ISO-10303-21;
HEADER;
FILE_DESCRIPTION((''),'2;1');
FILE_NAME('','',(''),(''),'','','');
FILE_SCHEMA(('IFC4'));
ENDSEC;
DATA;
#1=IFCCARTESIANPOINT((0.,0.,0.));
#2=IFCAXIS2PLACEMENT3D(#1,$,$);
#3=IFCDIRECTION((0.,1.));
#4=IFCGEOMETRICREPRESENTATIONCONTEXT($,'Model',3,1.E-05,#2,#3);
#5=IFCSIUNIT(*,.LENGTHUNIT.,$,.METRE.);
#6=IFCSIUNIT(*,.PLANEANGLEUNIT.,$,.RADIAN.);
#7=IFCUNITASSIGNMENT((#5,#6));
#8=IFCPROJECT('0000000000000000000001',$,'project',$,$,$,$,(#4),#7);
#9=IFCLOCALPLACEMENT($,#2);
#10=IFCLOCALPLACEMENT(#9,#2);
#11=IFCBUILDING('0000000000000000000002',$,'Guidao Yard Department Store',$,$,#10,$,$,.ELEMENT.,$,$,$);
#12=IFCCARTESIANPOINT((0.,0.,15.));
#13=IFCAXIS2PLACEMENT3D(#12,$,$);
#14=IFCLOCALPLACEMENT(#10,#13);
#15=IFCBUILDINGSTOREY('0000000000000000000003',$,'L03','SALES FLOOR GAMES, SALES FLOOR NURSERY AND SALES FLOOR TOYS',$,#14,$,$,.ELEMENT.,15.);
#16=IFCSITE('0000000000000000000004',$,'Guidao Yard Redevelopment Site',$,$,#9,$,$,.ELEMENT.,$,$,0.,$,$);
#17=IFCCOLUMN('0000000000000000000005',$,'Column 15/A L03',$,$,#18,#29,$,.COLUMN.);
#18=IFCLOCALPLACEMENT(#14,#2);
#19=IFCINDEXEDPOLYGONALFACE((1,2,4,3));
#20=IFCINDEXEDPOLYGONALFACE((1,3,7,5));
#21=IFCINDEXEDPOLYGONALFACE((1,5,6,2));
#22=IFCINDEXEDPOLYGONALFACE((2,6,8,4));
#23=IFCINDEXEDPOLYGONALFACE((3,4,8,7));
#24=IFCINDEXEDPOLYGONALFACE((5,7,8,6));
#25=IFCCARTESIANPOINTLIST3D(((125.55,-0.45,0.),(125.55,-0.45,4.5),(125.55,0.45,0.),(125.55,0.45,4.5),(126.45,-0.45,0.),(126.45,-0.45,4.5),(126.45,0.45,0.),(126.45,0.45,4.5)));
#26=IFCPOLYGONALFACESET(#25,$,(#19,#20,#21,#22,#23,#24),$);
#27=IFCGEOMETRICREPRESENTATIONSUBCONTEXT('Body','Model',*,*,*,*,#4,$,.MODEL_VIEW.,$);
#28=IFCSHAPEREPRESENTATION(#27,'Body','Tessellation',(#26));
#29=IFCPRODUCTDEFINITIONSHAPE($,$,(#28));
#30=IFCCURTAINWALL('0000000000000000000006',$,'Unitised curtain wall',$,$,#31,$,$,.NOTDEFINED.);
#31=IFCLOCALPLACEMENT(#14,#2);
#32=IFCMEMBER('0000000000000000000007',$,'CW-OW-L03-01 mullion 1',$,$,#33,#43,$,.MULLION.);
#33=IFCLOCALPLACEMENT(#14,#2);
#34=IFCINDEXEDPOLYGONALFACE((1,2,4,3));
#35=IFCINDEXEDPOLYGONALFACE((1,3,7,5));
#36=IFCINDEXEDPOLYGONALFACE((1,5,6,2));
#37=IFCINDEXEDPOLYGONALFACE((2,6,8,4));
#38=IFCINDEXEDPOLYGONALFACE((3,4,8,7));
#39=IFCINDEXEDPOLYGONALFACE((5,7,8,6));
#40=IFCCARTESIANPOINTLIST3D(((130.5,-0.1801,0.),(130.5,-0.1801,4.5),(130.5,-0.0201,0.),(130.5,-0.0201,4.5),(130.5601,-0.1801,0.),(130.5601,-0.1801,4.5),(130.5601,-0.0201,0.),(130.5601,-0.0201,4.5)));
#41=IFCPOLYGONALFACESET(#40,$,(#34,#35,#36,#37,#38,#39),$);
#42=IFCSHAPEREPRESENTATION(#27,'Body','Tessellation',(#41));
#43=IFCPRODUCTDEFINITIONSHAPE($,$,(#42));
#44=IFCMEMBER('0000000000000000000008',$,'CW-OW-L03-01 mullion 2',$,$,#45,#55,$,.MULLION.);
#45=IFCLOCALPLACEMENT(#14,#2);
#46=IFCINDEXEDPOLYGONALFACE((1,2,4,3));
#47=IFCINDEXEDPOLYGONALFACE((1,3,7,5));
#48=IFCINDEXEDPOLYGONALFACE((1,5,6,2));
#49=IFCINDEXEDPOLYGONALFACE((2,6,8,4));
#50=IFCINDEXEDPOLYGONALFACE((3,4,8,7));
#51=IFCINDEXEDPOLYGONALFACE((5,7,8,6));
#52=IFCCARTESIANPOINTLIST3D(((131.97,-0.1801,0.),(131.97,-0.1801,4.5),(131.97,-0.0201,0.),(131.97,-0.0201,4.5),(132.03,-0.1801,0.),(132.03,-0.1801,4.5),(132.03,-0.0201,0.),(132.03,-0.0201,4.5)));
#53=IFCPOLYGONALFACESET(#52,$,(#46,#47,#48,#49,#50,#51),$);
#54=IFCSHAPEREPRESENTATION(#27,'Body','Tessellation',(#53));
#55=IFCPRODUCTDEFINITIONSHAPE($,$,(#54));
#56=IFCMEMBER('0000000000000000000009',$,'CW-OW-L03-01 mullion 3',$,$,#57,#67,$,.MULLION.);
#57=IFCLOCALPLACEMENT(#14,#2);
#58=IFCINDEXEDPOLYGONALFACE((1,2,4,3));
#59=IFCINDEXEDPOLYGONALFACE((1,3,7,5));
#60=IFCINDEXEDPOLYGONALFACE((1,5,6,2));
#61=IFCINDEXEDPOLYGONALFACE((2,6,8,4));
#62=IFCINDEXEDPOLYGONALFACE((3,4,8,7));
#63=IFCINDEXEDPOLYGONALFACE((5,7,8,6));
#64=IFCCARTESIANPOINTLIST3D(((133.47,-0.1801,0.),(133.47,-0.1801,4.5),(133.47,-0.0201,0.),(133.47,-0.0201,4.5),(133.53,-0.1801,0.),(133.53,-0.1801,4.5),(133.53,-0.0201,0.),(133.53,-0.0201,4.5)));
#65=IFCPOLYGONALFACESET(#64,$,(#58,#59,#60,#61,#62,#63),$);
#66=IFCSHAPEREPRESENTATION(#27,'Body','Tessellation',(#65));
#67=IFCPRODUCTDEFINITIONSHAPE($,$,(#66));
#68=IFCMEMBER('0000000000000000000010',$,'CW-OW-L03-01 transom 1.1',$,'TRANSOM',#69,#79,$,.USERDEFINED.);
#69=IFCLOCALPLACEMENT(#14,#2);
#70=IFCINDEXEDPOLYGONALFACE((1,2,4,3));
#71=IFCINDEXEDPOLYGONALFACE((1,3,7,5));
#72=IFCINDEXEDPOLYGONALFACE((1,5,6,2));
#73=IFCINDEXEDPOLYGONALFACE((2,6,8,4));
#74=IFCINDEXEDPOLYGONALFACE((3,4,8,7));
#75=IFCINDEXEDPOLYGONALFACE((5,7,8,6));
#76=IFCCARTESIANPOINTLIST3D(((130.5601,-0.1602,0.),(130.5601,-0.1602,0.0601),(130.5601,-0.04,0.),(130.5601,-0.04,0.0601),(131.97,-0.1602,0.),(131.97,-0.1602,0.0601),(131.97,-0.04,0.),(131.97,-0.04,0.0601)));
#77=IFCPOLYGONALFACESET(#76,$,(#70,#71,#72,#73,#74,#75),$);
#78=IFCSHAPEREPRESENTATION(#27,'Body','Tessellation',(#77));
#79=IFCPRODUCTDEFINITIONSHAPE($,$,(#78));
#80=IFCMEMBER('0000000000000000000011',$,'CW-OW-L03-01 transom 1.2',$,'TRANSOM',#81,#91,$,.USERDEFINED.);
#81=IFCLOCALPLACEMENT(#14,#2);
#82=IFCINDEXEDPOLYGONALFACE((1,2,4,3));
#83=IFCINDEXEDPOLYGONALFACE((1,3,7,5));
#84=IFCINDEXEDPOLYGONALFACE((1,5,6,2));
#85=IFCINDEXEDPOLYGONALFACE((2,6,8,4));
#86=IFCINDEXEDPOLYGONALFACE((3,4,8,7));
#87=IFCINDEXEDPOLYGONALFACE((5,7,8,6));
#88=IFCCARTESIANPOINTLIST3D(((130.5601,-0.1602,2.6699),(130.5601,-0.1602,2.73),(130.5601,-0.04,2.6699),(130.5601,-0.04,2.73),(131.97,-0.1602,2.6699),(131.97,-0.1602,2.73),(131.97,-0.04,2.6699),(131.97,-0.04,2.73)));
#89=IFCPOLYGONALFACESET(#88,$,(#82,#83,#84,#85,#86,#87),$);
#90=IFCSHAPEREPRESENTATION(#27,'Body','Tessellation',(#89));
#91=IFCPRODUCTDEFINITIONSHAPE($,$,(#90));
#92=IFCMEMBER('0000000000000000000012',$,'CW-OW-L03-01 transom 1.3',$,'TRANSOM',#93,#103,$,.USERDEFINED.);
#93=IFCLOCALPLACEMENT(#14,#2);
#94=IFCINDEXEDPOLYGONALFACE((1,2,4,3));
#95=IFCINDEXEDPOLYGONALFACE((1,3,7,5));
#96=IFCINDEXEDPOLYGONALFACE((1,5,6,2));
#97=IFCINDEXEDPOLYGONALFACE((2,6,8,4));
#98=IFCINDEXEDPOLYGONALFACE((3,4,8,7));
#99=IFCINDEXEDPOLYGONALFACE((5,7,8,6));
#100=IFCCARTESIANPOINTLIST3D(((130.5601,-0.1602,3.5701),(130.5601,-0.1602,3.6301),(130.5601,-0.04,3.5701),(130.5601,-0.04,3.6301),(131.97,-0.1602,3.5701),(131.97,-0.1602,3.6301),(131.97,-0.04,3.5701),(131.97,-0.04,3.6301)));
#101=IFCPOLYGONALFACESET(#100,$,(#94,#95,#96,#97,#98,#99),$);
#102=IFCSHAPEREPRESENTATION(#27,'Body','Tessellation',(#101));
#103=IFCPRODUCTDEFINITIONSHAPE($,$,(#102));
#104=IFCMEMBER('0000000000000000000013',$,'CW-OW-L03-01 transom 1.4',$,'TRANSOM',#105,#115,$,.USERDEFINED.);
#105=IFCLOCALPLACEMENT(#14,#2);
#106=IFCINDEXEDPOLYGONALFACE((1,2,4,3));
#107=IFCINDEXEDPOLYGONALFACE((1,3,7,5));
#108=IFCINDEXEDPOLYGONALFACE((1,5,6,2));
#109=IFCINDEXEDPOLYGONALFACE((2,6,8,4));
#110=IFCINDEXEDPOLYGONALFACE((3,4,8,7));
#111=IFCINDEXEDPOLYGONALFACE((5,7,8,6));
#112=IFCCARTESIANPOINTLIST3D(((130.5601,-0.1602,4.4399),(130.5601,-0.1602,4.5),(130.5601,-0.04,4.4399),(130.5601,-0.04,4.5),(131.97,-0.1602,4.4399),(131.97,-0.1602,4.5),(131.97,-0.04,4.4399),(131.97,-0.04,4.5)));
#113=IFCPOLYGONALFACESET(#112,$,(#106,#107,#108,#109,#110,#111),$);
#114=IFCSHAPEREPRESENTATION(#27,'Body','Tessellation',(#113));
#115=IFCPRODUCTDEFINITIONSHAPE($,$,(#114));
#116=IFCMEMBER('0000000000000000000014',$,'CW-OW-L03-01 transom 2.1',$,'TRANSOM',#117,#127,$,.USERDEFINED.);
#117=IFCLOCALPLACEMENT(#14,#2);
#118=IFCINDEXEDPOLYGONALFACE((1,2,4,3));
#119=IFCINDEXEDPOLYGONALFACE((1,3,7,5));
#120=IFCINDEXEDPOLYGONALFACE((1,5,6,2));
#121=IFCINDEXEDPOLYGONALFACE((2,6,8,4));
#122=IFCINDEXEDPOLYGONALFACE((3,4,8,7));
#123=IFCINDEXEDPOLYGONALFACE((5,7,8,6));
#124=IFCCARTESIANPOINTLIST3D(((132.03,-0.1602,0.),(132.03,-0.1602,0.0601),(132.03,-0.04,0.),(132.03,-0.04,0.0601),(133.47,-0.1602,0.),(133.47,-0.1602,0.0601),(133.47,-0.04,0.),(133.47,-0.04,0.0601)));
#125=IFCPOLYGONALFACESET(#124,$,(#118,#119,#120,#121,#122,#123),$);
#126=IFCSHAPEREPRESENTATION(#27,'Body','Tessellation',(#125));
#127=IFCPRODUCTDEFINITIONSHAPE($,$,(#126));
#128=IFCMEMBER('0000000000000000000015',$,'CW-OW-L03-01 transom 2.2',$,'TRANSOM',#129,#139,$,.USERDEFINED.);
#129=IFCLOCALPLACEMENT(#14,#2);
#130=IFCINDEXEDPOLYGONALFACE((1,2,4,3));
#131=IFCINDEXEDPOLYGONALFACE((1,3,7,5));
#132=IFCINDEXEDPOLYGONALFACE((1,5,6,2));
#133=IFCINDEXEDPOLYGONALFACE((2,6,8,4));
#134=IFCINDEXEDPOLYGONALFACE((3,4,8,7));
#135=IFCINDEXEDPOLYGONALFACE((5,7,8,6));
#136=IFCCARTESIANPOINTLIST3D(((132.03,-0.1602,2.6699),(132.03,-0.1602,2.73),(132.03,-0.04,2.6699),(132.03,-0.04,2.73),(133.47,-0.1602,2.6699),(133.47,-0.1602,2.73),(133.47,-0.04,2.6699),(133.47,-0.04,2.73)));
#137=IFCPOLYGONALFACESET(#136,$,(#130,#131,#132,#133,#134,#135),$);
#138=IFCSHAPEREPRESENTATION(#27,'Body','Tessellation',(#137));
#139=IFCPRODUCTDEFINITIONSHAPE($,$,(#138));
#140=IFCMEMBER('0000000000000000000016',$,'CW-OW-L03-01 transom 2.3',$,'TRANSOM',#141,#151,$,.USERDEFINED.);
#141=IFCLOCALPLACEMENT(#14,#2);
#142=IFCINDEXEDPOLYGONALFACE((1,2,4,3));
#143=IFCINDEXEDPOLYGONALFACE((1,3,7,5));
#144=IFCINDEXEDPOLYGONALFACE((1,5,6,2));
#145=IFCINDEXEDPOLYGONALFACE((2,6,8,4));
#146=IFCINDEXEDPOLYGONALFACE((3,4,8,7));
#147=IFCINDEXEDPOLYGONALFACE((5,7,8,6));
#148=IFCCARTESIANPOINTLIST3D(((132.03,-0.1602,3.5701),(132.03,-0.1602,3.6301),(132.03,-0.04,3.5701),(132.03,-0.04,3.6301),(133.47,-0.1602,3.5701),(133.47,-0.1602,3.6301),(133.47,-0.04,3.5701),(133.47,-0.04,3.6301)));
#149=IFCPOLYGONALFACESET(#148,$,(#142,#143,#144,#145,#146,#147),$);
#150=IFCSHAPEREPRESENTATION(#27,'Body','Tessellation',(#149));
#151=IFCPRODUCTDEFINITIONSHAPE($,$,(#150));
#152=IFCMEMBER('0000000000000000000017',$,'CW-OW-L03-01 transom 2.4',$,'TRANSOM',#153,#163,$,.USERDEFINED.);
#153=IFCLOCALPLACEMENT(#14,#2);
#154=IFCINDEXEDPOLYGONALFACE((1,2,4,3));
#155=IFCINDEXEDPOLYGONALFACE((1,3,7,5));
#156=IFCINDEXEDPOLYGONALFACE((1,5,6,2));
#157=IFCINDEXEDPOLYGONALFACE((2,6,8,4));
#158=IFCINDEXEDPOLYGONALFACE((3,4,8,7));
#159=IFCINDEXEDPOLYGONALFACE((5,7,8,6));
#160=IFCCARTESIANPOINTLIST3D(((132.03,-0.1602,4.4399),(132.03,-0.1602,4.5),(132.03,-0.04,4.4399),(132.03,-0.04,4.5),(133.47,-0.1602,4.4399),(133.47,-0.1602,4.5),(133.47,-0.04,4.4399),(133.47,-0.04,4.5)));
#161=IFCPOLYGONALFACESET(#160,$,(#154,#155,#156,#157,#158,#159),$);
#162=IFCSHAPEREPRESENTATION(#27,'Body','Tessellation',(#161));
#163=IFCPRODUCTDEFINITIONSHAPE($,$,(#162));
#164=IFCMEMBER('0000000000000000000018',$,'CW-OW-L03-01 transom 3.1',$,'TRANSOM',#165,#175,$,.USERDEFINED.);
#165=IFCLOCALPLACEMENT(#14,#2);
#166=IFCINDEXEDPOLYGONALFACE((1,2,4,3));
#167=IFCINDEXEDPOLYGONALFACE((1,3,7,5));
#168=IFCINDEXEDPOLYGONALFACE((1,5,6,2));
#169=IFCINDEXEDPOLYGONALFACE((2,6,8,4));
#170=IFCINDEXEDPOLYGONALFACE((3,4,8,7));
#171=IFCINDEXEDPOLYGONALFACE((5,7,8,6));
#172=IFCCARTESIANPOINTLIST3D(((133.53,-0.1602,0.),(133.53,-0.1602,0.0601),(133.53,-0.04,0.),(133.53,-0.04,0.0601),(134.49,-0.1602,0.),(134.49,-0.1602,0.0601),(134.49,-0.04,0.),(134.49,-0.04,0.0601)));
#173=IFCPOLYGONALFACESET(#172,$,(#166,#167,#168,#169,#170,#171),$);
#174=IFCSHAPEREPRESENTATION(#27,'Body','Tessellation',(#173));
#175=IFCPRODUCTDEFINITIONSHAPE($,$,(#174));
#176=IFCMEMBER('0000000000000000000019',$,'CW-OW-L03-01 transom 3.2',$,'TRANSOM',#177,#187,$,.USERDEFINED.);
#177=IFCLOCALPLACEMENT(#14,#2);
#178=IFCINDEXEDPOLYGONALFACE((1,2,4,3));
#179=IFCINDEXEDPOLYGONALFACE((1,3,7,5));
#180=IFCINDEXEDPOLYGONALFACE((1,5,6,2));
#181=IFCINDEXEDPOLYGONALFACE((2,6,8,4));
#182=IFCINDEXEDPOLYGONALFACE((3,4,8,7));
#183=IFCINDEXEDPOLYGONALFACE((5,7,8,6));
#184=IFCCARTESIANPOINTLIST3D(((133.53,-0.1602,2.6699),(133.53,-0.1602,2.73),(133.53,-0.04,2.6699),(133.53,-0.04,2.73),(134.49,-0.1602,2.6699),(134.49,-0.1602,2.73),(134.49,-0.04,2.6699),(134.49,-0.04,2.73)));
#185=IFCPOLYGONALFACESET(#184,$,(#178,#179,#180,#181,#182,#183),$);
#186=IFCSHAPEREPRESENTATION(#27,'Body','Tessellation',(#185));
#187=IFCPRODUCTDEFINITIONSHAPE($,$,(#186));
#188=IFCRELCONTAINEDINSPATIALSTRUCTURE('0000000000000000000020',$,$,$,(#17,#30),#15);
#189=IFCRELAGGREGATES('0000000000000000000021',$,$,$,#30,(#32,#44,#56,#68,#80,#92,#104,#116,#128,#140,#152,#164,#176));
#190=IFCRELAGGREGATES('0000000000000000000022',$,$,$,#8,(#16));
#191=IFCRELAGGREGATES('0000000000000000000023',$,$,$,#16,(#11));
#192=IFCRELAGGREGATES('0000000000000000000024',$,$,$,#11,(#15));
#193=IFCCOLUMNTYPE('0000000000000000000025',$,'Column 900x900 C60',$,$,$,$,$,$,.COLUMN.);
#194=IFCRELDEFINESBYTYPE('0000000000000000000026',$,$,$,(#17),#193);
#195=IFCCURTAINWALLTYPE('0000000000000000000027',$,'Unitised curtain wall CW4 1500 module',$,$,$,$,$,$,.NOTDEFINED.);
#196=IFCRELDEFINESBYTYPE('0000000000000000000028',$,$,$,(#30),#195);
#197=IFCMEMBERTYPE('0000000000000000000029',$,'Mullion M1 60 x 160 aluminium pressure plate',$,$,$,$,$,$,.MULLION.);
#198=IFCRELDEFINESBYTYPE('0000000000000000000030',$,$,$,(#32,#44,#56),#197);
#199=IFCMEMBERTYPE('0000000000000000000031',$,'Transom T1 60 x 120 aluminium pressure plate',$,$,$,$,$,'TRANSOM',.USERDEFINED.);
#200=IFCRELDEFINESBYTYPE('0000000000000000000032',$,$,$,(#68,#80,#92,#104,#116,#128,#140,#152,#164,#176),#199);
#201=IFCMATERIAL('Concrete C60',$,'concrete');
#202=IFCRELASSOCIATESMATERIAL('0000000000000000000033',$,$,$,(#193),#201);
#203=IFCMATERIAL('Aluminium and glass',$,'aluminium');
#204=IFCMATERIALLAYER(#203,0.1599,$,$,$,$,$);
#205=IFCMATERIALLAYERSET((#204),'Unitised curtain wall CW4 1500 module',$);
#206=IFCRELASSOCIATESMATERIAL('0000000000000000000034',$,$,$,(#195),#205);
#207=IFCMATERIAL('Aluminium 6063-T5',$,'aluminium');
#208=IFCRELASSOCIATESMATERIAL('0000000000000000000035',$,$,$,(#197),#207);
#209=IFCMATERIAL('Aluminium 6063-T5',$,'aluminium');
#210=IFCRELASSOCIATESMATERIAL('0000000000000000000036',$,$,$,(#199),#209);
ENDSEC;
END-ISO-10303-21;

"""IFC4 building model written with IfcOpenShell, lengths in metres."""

from ifc_helpers import new_model, si_unit, direction, frame, origin, origin_2d, place, context, subcontext, project, spatial, rectangle, extrude, material, layer, layer_set, material_profile, profile_set, type_object, element, aggregate, save


model = new_model("IFC4")

# Units and contexts
model_context = context("Model", 3, precision=1e-05, world=origin(), true_north=direction((0.0, 1.0)))
body_context = subcontext(model_context, "Body", "Model", "MODEL_VIEW")
ifc_project = project(units=[si_unit("LENGTHUNIT", "METRE"), si_unit("PLANEANGLEUNIT", "RADIAN")], contexts=[model_context])

# Site, building, storey
site_placement = place(None, origin())
site = spatial("IfcSite", under=ifc_project, at=site_placement, Name="Guidao Yard Redevelopment Site", CompositionType="ELEMENT", RefElevation=0.0)
building_placement = place(site_placement, origin())
building = spatial("IfcBuilding", under=site, at=building_placement, Name="Guidao Yard Department Store", CompositionType="ELEMENT")
storey_placement = place(building_placement, frame((0.0, 0.0, 15.0)))
storey = spatial("IfcBuildingStorey", under=building, at=storey_placement, Name="L03", Description="SALES FLOOR GAMES, SALES FLOOR NURSERY AND SALES FLOOR TOYS", CompositionType="ELEMENT", Elevation=15.0)

# Column
ifc_material_1 = material(Name="Concrete C60", Category="concrete")
ifc_material_profile_1 = material_profile(ifc_material_1, rectangle(XDim=0.8999, YDim=0.8999, at=origin_2d()), Name="COL 900x900")
ifc_profile_set_1 = profile_set([ifc_material_profile_1], Name="Concrete C60")
column_type = type_object("IfcColumnType", Name="Column 900x900 C60", PredefinedType="COLUMN", material=ifc_profile_set_1)
column_placement = place(storey_placement, frame((126.0, 0.0, 0.0), z_axis=(0.0, 0.0, 1.0), x_axis=(1.0, 0.0, 0.0)))
element("IfcColumn", 1, at=column_placement, inside=storey, type_object=column_type, Name="Column 15/A L03", PredefinedType="COLUMN", context=body_context, shape_type="SweptSolid", body=[
    extrude(rectangle(XDim=0.8999, YDim=0.8999, at=origin_2d()), origin(), (0.0, 0.0, 1.0), 4.5),
])

# Curtain wall, members
ifc_material_2 = material(Name="Aluminium and glass", Category="aluminium")
ifc_layer_1 = layer(ifc_material_2, 0.1599)
ifc_layer_set_1 = layer_set([ifc_layer_1], Name="Unitised curtain wall CW4 1500 module")
curtain_wall_type = type_object("IfcCurtainWallType", Name="Unitised curtain wall CW4 1500 module", PredefinedType="NOTDEFINED", material=ifc_layer_set_1)
curtain_wall_placement = place(storey_placement, origin())
curtain_wall = element("IfcCurtainWall", 2, at=curtain_wall_placement, inside=storey, type_object=curtain_wall_type, Name="Unitised curtain wall", PredefinedType="NOTDEFINED")
ifc_material_3 = material(Name="Aluminium 6063-T5", Category="aluminium")
ifc_material_profile_2 = material_profile(ifc_material_3, rectangle(XDim=0.0601, YDim=0.1599, at=origin_2d()), Name="Mullion M1 60 x 160 aluminium pressure plate")
ifc_profile_set_2 = profile_set([ifc_material_profile_2], Name="Aluminium 6063-T5")
member_type_1 = type_object("IfcMemberType", Name="Mullion M1 60 x 160 aluminium pressure plate", PredefinedType="MULLION", material=ifc_profile_set_2)
member_1_placement = place(storey_placement, frame((130.53, -0.1001, 0.0), z_axis=(0.0, 0.0, 1.0), x_axis=(-1.0, 0.0, 0.0)))
member_1 = element("IfcMember", 3, at=member_1_placement, type_object=member_type_1, Name="CW-OW-L03-01 mullion 1", PredefinedType="MULLION", context=body_context, shape_type="SweptSolid", body=[
    extrude(rectangle(XDim=0.0601, YDim=0.1599, at=origin_2d()), origin(), (0.0, 0.0, 1.0), 4.5),
])
member_2_placement = place(storey_placement, frame((132.0, -0.1001, 0.0), z_axis=(0.0, 0.0, 1.0), x_axis=(-1.0, 0.0, 0.0)))
member_2 = element("IfcMember", 4, at=member_2_placement, type_object=member_type_1, Name="CW-OW-L03-01 mullion 2", PredefinedType="MULLION", context=body_context, shape_type="SweptSolid", body=[
    extrude(rectangle(XDim=0.0601, YDim=0.1599, at=origin_2d()), origin(), (0.0, 0.0, 1.0), 4.5),
])
member_3_placement = place(storey_placement, frame((133.5, -0.1001, 0.0), z_axis=(0.0, 0.0, 1.0), x_axis=(-1.0, 0.0, 0.0)))
member_3 = element("IfcMember", 5, at=member_3_placement, type_object=member_type_1, Name="CW-OW-L03-01 mullion 3", PredefinedType="MULLION", context=body_context, shape_type="SweptSolid", body=[
    extrude(rectangle(XDim=0.0601, YDim=0.1599, at=origin_2d()), origin(), (0.0, 0.0, 1.0), 4.5),
])
ifc_material_4 = material(Name="Aluminium 6063-T5", Category="aluminium")
ifc_material_profile_3 = material_profile(ifc_material_4, rectangle(XDim=0.1201, YDim=0.0601, at=origin_2d()), Name="Transom T1 60 x 120 aluminium pressure plate")
ifc_profile_set_3 = profile_set([ifc_material_profile_3], Name="Aluminium 6063-T5")
member_type_2 = type_object("IfcMemberType", Name="Transom T1 60 x 120 aluminium pressure plate", ElementType="TRANSOM", PredefinedType="USERDEFINED", material=ifc_profile_set_3)
member_4_placement = place(storey_placement, frame((131.97, -0.1001, 0.03), z_axis=(-1.0, 0.0, 0.0), x_axis=(0.0, -1.0, 0.0)))
member_4 = element("IfcMember", 6, at=member_4_placement, type_object=member_type_2, Name="CW-OW-L03-01 transom 1.1", ObjectType="TRANSOM", PredefinedType="USERDEFINED", context=body_context, shape_type="SweptSolid", body=[
    extrude(rectangle(XDim=0.1201, YDim=0.0601, at=origin_2d()), origin(), (0.0, 0.0, 1.0), 1.4099),
])
member_5_placement = place(storey_placement, frame((131.97, -0.1001, 2.7), z_axis=(-1.0, 0.0, 0.0), x_axis=(0.0, -1.0, 0.0)))
member_5 = element("IfcMember", 7, at=member_5_placement, type_object=member_type_2, Name="CW-OW-L03-01 transom 1.2", ObjectType="TRANSOM", PredefinedType="USERDEFINED", context=body_context, shape_type="SweptSolid", body=[
    extrude(rectangle(XDim=0.1201, YDim=0.0601, at=origin_2d()), origin(), (0.0, 0.0, 1.0), 1.4099),
])
member_6_placement = place(storey_placement, frame((131.97, -0.1001, 3.6001), z_axis=(-1.0, 0.0, 0.0), x_axis=(0.0, -1.0, 0.0)))
member_6 = element("IfcMember", 8, at=member_6_placement, type_object=member_type_2, Name="CW-OW-L03-01 transom 1.3", ObjectType="TRANSOM", PredefinedType="USERDEFINED", context=body_context, shape_type="SweptSolid", body=[
    extrude(rectangle(XDim=0.1201, YDim=0.0601, at=origin_2d()), origin(), (0.0, 0.0, 1.0), 1.4099),
])
member_7_placement = place(storey_placement, frame((131.97, -0.1001, 4.47), z_axis=(-1.0, 0.0, 0.0), x_axis=(0.0, -1.0, 0.0)))
member_7 = element("IfcMember", 9, at=member_7_placement, type_object=member_type_2, Name="CW-OW-L03-01 transom 1.4", ObjectType="TRANSOM", PredefinedType="USERDEFINED", context=body_context, shape_type="SweptSolid", body=[
    extrude(rectangle(XDim=0.1201, YDim=0.0601, at=origin_2d()), origin(), (0.0, 0.0, 1.0), 1.4099),
])
member_8_placement = place(storey_placement, frame((133.47, -0.1001, 0.03), z_axis=(-1.0, 0.0, 0.0), x_axis=(0.0, -1.0, 0.0)))
member_8 = element("IfcMember", 10, at=member_8_placement, type_object=member_type_2, Name="CW-OW-L03-01 transom 2.1", ObjectType="TRANSOM", PredefinedType="USERDEFINED", context=body_context, shape_type="SweptSolid", body=[
    extrude(rectangle(XDim=0.1201, YDim=0.0601, at=origin_2d()), origin(), (0.0, 0.0, 1.0), 1.4399),
])
member_9_placement = place(storey_placement, frame((133.47, -0.1001, 2.7), z_axis=(-1.0, 0.0, 0.0), x_axis=(0.0, -1.0, 0.0)))
member_9 = element("IfcMember", 11, at=member_9_placement, type_object=member_type_2, Name="CW-OW-L03-01 transom 2.2", ObjectType="TRANSOM", PredefinedType="USERDEFINED", context=body_context, shape_type="SweptSolid", body=[
    extrude(rectangle(XDim=0.1201, YDim=0.0601, at=origin_2d()), origin(), (0.0, 0.0, 1.0), 1.4399),
])
member_10_placement = place(storey_placement, frame((133.47, -0.1001, 3.6001), z_axis=(-1.0, 0.0, 0.0), x_axis=(0.0, -1.0, 0.0)))
member_10 = element("IfcMember", 12, at=member_10_placement, type_object=member_type_2, Name="CW-OW-L03-01 transom 2.3", ObjectType="TRANSOM", PredefinedType="USERDEFINED", context=body_context, shape_type="SweptSolid", body=[
    extrude(rectangle(XDim=0.1201, YDim=0.0601, at=origin_2d()), origin(), (0.0, 0.0, 1.0), 1.4399),
])
member_11_placement = place(storey_placement, frame((133.47, -0.1001, 4.47), z_axis=(-1.0, 0.0, 0.0), x_axis=(0.0, -1.0, 0.0)))
member_11 = element("IfcMember", 13, at=member_11_placement, type_object=member_type_2, Name="CW-OW-L03-01 transom 2.4", ObjectType="TRANSOM", PredefinedType="USERDEFINED", context=body_context, shape_type="SweptSolid", body=[
    extrude(rectangle(XDim=0.1201, YDim=0.0601, at=origin_2d()), origin(), (0.0, 0.0, 1.0), 1.4399),
])
member_12_placement = place(storey_placement, frame((134.49, -0.1001, 0.03), z_axis=(-1.0, 0.0, 0.0), x_axis=(0.0, -1.0, 0.0)))
member_12 = element("IfcMember", 14, at=member_12_placement, type_object=member_type_2, Name="CW-OW-L03-01 transom 3.1", ObjectType="TRANSOM", PredefinedType="USERDEFINED", context=body_context, shape_type="SweptSolid", body=[
    extrude(rectangle(XDim=0.1201, YDim=0.0601, at=origin_2d()), origin(), (0.0, 0.0, 1.0), 0.96),
])
member_13_placement = place(storey_placement, frame((134.49, -0.1001, 2.7), z_axis=(-1.0, 0.0, 0.0), x_axis=(0.0, -1.0, 0.0)))
member_13 = element("IfcMember", 15, at=member_13_placement, type_object=member_type_2, Name="CW-OW-L03-01 transom 3.2", ObjectType="TRANSOM", PredefinedType="USERDEFINED", context=body_context, shape_type="SweptSolid", body=[
    extrude(rectangle(XDim=0.1201, YDim=0.0601, at=origin_2d()), origin(), (0.0, 0.0, 1.0), 0.96),
])
aggregate(curtain_wall, [member_1, member_2, member_3, member_4, member_5, member_6, member_7, member_8, member_9, member_10, member_11, member_12, member_13])

save(model, "model.ifc")
